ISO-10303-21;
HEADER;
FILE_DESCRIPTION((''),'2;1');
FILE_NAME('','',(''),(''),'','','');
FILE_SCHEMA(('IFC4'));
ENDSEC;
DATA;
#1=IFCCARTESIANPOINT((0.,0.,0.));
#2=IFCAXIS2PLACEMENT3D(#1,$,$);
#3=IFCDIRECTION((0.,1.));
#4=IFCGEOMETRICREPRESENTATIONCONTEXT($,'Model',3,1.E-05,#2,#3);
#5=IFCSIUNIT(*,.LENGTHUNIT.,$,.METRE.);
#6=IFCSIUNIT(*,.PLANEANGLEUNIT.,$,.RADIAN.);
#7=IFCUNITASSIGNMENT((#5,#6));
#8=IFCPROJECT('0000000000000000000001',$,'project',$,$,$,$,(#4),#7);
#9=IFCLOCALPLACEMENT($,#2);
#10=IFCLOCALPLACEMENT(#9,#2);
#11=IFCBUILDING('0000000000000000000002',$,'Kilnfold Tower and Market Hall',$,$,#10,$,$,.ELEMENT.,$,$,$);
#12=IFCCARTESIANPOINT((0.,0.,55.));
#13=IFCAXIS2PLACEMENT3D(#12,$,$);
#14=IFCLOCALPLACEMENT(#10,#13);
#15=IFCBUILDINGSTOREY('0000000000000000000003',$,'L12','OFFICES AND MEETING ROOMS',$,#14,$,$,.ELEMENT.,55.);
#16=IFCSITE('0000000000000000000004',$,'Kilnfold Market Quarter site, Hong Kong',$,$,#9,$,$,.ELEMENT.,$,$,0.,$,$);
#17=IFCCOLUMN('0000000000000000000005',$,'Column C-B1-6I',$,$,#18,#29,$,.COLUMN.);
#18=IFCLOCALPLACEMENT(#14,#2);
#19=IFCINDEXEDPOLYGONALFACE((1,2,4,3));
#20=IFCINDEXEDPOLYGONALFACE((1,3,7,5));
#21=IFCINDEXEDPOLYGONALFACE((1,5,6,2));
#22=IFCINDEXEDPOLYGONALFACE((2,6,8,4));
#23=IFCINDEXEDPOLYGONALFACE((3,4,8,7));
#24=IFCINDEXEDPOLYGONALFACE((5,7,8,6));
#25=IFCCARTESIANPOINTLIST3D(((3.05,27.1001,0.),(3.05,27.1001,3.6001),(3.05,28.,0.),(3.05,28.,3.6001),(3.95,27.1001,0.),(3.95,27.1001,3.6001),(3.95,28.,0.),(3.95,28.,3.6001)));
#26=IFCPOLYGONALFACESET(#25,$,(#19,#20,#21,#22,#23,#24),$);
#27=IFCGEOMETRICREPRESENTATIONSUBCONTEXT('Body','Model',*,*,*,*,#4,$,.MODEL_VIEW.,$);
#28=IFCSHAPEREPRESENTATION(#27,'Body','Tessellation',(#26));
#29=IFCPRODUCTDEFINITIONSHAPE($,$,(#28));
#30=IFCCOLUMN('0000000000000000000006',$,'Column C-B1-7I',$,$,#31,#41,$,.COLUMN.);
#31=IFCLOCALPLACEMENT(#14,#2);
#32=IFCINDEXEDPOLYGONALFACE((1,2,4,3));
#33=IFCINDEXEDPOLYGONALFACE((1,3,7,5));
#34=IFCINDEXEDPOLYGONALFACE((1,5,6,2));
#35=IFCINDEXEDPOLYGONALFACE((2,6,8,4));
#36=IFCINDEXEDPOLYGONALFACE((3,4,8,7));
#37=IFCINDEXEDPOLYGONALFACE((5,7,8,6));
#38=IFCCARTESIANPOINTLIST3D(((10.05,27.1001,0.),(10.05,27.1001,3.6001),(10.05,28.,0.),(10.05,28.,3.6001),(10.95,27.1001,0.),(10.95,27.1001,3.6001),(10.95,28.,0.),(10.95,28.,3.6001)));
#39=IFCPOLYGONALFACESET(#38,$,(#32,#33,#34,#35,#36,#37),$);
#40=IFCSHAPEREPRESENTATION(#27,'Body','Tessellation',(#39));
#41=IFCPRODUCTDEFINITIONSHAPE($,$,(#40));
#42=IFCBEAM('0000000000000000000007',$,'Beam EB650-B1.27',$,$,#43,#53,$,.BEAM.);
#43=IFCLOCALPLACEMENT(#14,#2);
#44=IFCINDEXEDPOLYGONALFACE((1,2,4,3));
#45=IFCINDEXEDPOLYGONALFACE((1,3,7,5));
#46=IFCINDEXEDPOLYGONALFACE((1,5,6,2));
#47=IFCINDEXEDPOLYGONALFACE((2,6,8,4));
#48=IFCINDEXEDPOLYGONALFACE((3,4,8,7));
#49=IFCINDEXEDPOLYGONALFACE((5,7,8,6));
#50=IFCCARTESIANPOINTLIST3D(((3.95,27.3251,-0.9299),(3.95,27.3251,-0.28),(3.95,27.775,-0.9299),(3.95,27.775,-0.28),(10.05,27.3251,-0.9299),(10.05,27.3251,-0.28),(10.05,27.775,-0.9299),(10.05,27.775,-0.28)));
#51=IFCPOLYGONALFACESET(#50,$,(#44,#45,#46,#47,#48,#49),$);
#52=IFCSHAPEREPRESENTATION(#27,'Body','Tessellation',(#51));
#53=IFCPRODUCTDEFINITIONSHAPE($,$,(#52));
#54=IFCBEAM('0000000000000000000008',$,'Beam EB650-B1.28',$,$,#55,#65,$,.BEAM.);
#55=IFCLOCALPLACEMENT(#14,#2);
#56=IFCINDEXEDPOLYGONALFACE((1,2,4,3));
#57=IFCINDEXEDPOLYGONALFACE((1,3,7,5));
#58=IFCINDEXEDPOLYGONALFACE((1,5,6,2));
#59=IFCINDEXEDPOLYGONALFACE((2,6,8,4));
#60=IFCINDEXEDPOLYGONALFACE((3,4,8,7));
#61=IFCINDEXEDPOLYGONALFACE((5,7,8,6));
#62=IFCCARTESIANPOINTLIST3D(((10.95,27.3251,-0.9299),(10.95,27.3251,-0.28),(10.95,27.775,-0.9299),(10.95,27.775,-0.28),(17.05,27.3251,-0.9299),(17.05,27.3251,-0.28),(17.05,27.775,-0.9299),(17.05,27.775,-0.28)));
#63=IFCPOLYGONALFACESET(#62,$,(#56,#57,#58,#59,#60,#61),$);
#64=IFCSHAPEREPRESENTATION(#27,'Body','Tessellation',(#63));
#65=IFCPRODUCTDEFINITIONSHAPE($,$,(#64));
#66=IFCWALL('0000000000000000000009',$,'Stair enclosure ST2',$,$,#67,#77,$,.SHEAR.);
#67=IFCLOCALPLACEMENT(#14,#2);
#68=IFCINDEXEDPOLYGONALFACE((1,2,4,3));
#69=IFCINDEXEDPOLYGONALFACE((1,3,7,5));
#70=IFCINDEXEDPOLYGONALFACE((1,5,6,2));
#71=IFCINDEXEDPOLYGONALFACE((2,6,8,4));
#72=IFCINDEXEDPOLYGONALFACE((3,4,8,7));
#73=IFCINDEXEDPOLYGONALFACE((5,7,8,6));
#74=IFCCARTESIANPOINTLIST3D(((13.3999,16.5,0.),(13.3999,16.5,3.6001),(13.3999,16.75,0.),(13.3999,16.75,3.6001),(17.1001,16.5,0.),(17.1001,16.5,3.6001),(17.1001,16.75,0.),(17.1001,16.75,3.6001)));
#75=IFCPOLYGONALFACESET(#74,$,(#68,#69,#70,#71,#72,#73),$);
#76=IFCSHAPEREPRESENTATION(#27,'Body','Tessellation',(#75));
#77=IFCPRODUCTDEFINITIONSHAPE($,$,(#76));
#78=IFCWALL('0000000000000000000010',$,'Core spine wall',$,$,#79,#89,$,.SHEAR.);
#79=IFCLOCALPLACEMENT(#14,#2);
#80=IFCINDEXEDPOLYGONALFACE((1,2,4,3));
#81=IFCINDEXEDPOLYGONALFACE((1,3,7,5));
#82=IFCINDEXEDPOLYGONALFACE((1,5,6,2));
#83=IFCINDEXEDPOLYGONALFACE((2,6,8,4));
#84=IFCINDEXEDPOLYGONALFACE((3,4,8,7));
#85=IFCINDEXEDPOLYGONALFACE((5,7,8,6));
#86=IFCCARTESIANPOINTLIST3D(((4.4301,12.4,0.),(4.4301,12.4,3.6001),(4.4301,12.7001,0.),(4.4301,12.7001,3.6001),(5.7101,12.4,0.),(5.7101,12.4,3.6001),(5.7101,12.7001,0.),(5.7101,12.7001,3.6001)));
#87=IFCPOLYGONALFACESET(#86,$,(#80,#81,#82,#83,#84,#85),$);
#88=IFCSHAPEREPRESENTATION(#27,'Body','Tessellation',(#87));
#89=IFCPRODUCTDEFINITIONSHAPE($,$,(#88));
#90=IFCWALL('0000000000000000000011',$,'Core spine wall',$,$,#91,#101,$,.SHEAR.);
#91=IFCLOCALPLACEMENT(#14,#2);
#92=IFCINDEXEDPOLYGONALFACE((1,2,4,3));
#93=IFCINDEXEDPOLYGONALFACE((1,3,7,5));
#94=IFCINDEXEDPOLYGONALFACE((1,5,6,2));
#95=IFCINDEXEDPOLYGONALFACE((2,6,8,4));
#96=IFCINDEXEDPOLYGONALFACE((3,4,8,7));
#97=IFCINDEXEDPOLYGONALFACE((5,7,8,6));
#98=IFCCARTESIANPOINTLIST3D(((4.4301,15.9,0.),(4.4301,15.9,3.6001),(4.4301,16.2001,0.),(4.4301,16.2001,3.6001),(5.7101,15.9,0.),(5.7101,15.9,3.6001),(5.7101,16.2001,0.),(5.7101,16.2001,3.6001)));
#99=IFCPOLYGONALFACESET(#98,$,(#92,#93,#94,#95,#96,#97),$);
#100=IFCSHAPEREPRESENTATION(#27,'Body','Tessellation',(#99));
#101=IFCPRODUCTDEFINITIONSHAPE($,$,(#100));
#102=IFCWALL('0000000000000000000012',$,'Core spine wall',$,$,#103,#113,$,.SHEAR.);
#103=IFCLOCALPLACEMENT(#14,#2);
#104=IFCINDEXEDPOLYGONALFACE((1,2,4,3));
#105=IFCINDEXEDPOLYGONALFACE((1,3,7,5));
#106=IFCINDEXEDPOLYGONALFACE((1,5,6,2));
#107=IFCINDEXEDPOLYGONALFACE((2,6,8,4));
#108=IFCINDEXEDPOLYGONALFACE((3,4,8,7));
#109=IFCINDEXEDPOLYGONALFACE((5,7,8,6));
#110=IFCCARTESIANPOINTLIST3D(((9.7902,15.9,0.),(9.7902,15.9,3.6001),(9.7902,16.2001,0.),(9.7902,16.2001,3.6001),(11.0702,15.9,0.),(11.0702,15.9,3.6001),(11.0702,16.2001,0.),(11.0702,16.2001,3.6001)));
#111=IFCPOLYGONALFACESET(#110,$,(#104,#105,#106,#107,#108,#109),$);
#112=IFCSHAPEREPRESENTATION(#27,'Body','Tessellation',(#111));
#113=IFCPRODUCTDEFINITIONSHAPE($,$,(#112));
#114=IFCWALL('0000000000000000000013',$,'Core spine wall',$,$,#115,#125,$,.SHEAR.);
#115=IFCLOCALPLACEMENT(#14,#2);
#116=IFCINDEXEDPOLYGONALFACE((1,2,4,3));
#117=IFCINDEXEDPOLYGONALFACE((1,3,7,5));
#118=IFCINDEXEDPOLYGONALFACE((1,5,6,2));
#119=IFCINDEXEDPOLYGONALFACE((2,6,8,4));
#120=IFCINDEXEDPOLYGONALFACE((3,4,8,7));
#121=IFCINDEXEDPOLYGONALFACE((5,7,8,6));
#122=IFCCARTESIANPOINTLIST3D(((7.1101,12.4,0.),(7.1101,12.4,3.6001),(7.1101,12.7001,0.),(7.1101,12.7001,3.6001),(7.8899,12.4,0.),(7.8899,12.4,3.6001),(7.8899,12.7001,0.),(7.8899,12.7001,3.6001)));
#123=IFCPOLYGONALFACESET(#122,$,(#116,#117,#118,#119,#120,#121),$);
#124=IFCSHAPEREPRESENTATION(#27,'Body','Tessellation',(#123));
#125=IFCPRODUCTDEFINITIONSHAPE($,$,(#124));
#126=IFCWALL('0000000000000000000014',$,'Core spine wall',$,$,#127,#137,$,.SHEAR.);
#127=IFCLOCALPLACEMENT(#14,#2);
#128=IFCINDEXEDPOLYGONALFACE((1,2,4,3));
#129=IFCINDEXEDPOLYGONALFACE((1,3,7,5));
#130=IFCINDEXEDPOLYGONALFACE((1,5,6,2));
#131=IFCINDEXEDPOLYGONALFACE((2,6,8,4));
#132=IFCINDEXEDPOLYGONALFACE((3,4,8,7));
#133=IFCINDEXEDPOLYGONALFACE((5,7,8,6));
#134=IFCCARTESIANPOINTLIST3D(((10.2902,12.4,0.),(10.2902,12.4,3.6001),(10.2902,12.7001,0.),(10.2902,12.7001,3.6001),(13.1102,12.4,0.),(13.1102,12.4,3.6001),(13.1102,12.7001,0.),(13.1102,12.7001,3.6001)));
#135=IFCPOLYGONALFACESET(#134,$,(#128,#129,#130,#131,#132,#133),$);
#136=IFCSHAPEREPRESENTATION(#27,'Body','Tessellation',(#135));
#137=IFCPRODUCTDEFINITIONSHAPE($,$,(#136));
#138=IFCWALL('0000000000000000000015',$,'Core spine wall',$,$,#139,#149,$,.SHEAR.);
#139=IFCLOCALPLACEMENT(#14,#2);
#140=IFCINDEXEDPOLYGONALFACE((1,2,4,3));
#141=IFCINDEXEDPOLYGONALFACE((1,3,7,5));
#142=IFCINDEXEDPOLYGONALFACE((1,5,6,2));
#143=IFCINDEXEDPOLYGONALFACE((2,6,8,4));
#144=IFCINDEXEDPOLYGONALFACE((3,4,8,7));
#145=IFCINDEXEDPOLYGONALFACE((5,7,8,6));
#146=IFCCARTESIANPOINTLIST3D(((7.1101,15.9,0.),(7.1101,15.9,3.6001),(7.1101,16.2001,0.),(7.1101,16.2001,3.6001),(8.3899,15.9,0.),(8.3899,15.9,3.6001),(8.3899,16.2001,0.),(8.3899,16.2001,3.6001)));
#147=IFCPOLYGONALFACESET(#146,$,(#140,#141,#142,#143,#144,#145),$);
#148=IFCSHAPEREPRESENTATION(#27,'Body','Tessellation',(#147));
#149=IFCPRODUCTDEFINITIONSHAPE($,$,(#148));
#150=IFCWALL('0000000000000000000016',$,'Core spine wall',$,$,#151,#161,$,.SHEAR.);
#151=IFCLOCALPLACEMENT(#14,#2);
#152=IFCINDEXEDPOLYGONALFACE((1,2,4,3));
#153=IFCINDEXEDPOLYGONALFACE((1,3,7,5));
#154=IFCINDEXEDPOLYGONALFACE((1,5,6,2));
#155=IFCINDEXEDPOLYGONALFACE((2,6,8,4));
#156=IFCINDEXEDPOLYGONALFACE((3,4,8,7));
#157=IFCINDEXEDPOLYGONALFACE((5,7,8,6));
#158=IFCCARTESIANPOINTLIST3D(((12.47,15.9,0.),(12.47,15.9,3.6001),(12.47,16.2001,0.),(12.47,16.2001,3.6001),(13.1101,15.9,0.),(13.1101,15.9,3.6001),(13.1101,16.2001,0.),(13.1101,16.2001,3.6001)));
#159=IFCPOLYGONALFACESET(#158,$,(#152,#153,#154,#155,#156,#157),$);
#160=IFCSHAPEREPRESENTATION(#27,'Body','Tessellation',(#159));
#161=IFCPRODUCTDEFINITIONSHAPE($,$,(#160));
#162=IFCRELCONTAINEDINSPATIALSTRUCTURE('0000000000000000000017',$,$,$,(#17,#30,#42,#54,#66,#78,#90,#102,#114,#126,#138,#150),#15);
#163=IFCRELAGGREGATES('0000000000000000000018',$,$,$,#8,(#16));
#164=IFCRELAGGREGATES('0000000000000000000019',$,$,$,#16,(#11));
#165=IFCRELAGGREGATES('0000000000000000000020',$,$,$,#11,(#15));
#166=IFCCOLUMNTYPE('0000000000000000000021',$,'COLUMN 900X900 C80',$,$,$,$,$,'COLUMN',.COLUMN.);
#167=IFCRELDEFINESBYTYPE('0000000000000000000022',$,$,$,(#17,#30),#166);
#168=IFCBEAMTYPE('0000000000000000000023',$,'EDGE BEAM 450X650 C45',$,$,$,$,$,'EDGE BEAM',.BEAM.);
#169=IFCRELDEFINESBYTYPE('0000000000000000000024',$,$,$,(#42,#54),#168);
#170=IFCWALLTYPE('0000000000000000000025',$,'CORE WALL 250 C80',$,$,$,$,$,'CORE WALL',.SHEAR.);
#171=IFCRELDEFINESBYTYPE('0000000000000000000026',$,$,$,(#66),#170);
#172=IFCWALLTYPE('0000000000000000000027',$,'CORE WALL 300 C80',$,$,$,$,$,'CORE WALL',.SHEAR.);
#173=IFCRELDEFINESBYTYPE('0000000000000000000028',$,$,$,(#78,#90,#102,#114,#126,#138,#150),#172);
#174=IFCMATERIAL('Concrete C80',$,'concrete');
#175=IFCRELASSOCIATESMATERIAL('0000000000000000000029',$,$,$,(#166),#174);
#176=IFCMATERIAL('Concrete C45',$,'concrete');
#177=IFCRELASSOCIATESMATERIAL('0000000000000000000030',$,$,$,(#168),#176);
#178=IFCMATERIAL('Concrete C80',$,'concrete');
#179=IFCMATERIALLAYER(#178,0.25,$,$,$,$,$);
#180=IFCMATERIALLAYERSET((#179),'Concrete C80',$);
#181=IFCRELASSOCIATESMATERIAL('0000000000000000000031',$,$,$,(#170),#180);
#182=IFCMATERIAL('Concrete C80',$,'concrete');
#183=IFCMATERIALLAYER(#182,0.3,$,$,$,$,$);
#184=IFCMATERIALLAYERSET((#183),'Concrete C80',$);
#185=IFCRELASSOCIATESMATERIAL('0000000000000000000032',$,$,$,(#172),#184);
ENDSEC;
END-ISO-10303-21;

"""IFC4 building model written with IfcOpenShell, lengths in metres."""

from ifc_helpers import new_model, si_unit, direction, frame, frame_2d, origin, origin_2d, place, context, subcontext, project, spatial, rectangle, extrude, source, transform, mapped, material, layer, layer_set, material_profile, profile_set, type_object, element, save


model = new_model("IFC4")

# Units and contexts
model_context = context("Model", 3, precision=1e-05, world=origin(), true_north=direction((0.0, 1.0)))
body_context = subcontext(model_context, "Body", "Model", "MODEL_VIEW")
ifc_project = project(units=[si_unit("LENGTHUNIT", "METRE"), si_unit("PLANEANGLEUNIT", "RADIAN")], contexts=[model_context])

# Site, building, storey
site_placement = place(None, origin())
site = spatial("IfcSite", under=ifc_project, at=site_placement, Name="Kilnfold Market Quarter site, Hong Kong", CompositionType="ELEMENT", RefElevation=0.0)
building_placement = place(site_placement, origin())
building = spatial("IfcBuilding", under=site, at=building_placement, Name="Kilnfold Tower and Market Hall", CompositionType="ELEMENT")
storey_placement = place(building_placement, frame((0.0, 0.0, 55.0)))
storey = spatial("IfcBuildingStorey", under=building, at=storey_placement, Name="L12", Description="OFFICES AND MEETING ROOMS", CompositionType="ELEMENT", Elevation=55.0)

# Columns
ifc_material_1 = material(Name="Concrete C80", Category="concrete")
ifc_material_profile_1 = material_profile(ifc_material_1, rectangle(XDim=0.8999, YDim=0.8999, at=origin_2d()), Name="RC 900x900")
ifc_profile_set_1 = profile_set([ifc_material_profile_1], Name="Concrete C80")
column_type = type_object("IfcColumnType", Name="COLUMN 900X900 C80", ElementType="COLUMN", PredefinedType="COLUMN", material=ifc_profile_set_1)
shared_shape_1 = source(origin(), body_context, "Body", "SweptSolid", [
    extrude(rectangle(XDim=0.8999, YDim=0.8999, at=origin_2d()), origin(), (0.0, 0.0, 1.0), 3.6001),
])
for number, where, z_axis, x_axis, name in (
    (1, (3.5, 27.55, 0.0), (0.0, 0.0, 1.0), (1.0, 0.0, 0.0), "Column C-B1-6I"),
    (2, (10.5, 27.55, 0.0), (0.0, 0.0, 1.0), (1.0, 0.0, 0.0), "Column C-B1-7I"),
):
    element("IfcColumn", number, at=place(storey_placement, frame(where, z_axis=z_axis, x_axis=x_axis)), inside=storey, type_object=column_type, Name=name, PredefinedType="COLUMN", context=body_context, shape_type="MappedRepresentation", body=[
        mapped(shared_shape_1, transform((0.0, 0.0, 0.0))),
    ])

# Beams
ifc_material_2 = material(Name="Concrete C45", Category="concrete")
ifc_material_profile_2 = material_profile(ifc_material_2, rectangle(XDim=0.45, YDim=0.6499, at=origin_2d()), Name="RC 450x650")
ifc_profile_set_2 = profile_set([ifc_material_profile_2], Name="Concrete C45")
beam_type = type_object("IfcBeamType", Name="EDGE BEAM 450X650 C45", ElementType="EDGE BEAM", PredefinedType="BEAM", material=ifc_profile_set_2)
shared_shape_2 = source(origin(), body_context, "Body", "SweptSolid", [
    extrude(rectangle(XDim=0.45, YDim=0.6499, at=origin_2d()), origin(), (0.0, 0.0, 1.0), 6.1001),
])
for number, where, z_axis, x_axis, name in (
    (3, (3.95, 27.55, -0.605), (1.0, 0.0, 0.0), (0.0, 1.0, 0.0), "Beam EB650-B1.27"),
    (4, (10.95, 27.55, -0.605), (1.0, 0.0, 0.0), (0.0, 1.0, 0.0), "Beam EB650-B1.28"),
):
    element("IfcBeam", number, at=place(storey_placement, frame(where, z_axis=z_axis, x_axis=x_axis)), inside=storey, type_object=beam_type, Name=name, PredefinedType="BEAM", context=body_context, shape_type="MappedRepresentation", body=[
        mapped(shared_shape_2, transform((0.0, 0.0, 0.0))),
    ])

# Walls
ifc_material_3 = material(Name="Concrete C80", Category="concrete")
ifc_layer_1 = layer(ifc_material_3, 0.25)
ifc_layer_set_1 = layer_set([ifc_layer_1], Name="Concrete C80")
wall_type_1 = type_object("IfcWallType", Name="CORE WALL 250 C80", ElementType="CORE WALL", PredefinedType="SHEAR", material=ifc_layer_set_1)
shared_shape_3 = source(origin(), body_context, "Body", "SweptSolid", [
    extrude(rectangle(XDim=3.7002, YDim=0.25, at=frame_2d((1.8501, 0.0))), origin(), (0.0, 0.0, 1.0), 3.6001),
])
wall_1_placement = place(storey_placement, frame((13.3999, 16.625, 0.0), z_axis=(0.0, 0.0, 1.0), x_axis=(1.0, 0.0, 0.0)))
element("IfcWall", 5, at=wall_1_placement, inside=storey, type_object=wall_type_1, Name="Stair enclosure ST2", PredefinedType="SHEAR", context=body_context, shape_type="MappedRepresentation", body=[
    mapped(shared_shape_3, transform((0.0, 0.0, 0.0))),
])
ifc_material_4 = material(Name="Concrete C80", Category="concrete")
ifc_layer_2 = layer(ifc_material_4, 0.3)
ifc_layer_set_2 = layer_set([ifc_layer_2], Name="Concrete C80")
wall_type_2 = type_object("IfcWallType", Name="CORE WALL 300 C80", ElementType="CORE WALL", PredefinedType="SHEAR", material=ifc_layer_set_2)
shared_shape_4 = source(origin(), body_context, "Body", "SweptSolid", [
    extrude(rectangle(XDim=1.28, YDim=0.3, at=frame_2d((0.6401, 0.0))), origin(), (0.0, 0.0, 1.0), 3.6001),
])
for number, where, z_axis, x_axis, name in (
    (6, (4.4299, 12.55, 0.0), (0.0, 0.0, 1.0), (1.0, 0.0, 0.0), "Core spine wall"),
    (7, (4.4299, 16.05, 0.0), (0.0, 0.0, 1.0), (1.0, 0.0, 0.0), "Core spine wall"),
    (8, (9.79, 16.05, 0.0), (0.0, 0.0, 1.0), (1.0, 0.0, 0.0), "Core spine wall"),
):
    element("IfcWall", number, at=place(storey_placement, frame(where, z_axis=z_axis, x_axis=x_axis)), inside=storey, type_object=wall_type_2, Name=name, PredefinedType="SHEAR", context=body_context, shape_type="MappedRepresentation", body=[
        mapped(shared_shape_4, transform((0.0, 0.0, 0.0))),
    ])
shared_shape_5 = source(origin(), body_context, "Body", "SweptSolid", [
    extrude(rectangle(XDim=0.7798, YDim=0.3, at=frame_2d((0.3899, 0.0))), origin(), (0.0, 0.0, 1.0), 3.6001),
])
wall_2_placement = place(storey_placement, frame((7.1101, 12.55, 0.0), z_axis=(0.0, 0.0, 1.0), x_axis=(1.0, 0.0, 0.0)))
element("IfcWall", 9, at=wall_2_placement, inside=storey, type_object=wall_type_2, Name="Core spine wall", PredefinedType="SHEAR", context=body_context, shape_type="MappedRepresentation", body=[
    mapped(shared_shape_5, transform((0.0, 0.0, 0.0))),
])
shared_shape_6 = source(origin(), body_context, "Body", "SweptSolid", [
    extrude(rectangle(XDim=2.8201, YDim=0.3, at=frame_2d((1.4102, 0.0))), origin(), (0.0, 0.0, 1.0), 3.6001),
])
wall_3_placement = place(storey_placement, frame((10.29, 12.55, 0.0), z_axis=(0.0, 0.0, 1.0), x_axis=(1.0, 0.0, 0.0)))
element("IfcWall", 10, at=wall_3_placement, inside=storey, type_object=wall_type_2, Name="Core spine wall", PredefinedType="SHEAR", context=body_context, shape_type="MappedRepresentation", body=[
    mapped(shared_shape_6, transform((0.0, 0.0, 0.0))),
])
shared_shape_7 = source(origin(), body_context, "Body", "SweptSolid", [
    extrude(rectangle(XDim=1.2798, YDim=0.3, at=frame_2d((0.6399, 0.0))), origin(), (0.0, 0.0, 1.0), 3.6001),
])
wall_4_placement = place(storey_placement, frame((7.1101, 16.05, 0.0), z_axis=(0.0, 0.0, 1.0), x_axis=(1.0, 0.0, 0.0)))
element("IfcWall", 11, at=wall_4_placement, inside=storey, type_object=wall_type_2, Name="Core spine wall", PredefinedType="SHEAR", context=body_context, shape_type="MappedRepresentation", body=[
    mapped(shared_shape_7, transform((0.0, 0.0, 0.0))),
])
shared_shape_8 = source(origin(), body_context, "Body", "SweptSolid", [
    extrude(rectangle(XDim=0.6401, YDim=0.3, at=frame_2d((0.3201, 0.0))), origin(), (0.0, 0.0, 1.0), 3.6001),
])
wall_5_placement = place(storey_placement, frame((12.47, 16.05, 0.0), z_axis=(0.0, 0.0, 1.0), x_axis=(1.0, 0.0, 0.0)))
element("IfcWall", 12, at=wall_5_placement, inside=storey, type_object=wall_type_2, Name="Core spine wall", PredefinedType="SHEAR", context=body_context, shape_type="MappedRepresentation", body=[
    mapped(shared_shape_8, transform((0.0, 0.0, 0.0))),
])

save(model, "model.ifc")
